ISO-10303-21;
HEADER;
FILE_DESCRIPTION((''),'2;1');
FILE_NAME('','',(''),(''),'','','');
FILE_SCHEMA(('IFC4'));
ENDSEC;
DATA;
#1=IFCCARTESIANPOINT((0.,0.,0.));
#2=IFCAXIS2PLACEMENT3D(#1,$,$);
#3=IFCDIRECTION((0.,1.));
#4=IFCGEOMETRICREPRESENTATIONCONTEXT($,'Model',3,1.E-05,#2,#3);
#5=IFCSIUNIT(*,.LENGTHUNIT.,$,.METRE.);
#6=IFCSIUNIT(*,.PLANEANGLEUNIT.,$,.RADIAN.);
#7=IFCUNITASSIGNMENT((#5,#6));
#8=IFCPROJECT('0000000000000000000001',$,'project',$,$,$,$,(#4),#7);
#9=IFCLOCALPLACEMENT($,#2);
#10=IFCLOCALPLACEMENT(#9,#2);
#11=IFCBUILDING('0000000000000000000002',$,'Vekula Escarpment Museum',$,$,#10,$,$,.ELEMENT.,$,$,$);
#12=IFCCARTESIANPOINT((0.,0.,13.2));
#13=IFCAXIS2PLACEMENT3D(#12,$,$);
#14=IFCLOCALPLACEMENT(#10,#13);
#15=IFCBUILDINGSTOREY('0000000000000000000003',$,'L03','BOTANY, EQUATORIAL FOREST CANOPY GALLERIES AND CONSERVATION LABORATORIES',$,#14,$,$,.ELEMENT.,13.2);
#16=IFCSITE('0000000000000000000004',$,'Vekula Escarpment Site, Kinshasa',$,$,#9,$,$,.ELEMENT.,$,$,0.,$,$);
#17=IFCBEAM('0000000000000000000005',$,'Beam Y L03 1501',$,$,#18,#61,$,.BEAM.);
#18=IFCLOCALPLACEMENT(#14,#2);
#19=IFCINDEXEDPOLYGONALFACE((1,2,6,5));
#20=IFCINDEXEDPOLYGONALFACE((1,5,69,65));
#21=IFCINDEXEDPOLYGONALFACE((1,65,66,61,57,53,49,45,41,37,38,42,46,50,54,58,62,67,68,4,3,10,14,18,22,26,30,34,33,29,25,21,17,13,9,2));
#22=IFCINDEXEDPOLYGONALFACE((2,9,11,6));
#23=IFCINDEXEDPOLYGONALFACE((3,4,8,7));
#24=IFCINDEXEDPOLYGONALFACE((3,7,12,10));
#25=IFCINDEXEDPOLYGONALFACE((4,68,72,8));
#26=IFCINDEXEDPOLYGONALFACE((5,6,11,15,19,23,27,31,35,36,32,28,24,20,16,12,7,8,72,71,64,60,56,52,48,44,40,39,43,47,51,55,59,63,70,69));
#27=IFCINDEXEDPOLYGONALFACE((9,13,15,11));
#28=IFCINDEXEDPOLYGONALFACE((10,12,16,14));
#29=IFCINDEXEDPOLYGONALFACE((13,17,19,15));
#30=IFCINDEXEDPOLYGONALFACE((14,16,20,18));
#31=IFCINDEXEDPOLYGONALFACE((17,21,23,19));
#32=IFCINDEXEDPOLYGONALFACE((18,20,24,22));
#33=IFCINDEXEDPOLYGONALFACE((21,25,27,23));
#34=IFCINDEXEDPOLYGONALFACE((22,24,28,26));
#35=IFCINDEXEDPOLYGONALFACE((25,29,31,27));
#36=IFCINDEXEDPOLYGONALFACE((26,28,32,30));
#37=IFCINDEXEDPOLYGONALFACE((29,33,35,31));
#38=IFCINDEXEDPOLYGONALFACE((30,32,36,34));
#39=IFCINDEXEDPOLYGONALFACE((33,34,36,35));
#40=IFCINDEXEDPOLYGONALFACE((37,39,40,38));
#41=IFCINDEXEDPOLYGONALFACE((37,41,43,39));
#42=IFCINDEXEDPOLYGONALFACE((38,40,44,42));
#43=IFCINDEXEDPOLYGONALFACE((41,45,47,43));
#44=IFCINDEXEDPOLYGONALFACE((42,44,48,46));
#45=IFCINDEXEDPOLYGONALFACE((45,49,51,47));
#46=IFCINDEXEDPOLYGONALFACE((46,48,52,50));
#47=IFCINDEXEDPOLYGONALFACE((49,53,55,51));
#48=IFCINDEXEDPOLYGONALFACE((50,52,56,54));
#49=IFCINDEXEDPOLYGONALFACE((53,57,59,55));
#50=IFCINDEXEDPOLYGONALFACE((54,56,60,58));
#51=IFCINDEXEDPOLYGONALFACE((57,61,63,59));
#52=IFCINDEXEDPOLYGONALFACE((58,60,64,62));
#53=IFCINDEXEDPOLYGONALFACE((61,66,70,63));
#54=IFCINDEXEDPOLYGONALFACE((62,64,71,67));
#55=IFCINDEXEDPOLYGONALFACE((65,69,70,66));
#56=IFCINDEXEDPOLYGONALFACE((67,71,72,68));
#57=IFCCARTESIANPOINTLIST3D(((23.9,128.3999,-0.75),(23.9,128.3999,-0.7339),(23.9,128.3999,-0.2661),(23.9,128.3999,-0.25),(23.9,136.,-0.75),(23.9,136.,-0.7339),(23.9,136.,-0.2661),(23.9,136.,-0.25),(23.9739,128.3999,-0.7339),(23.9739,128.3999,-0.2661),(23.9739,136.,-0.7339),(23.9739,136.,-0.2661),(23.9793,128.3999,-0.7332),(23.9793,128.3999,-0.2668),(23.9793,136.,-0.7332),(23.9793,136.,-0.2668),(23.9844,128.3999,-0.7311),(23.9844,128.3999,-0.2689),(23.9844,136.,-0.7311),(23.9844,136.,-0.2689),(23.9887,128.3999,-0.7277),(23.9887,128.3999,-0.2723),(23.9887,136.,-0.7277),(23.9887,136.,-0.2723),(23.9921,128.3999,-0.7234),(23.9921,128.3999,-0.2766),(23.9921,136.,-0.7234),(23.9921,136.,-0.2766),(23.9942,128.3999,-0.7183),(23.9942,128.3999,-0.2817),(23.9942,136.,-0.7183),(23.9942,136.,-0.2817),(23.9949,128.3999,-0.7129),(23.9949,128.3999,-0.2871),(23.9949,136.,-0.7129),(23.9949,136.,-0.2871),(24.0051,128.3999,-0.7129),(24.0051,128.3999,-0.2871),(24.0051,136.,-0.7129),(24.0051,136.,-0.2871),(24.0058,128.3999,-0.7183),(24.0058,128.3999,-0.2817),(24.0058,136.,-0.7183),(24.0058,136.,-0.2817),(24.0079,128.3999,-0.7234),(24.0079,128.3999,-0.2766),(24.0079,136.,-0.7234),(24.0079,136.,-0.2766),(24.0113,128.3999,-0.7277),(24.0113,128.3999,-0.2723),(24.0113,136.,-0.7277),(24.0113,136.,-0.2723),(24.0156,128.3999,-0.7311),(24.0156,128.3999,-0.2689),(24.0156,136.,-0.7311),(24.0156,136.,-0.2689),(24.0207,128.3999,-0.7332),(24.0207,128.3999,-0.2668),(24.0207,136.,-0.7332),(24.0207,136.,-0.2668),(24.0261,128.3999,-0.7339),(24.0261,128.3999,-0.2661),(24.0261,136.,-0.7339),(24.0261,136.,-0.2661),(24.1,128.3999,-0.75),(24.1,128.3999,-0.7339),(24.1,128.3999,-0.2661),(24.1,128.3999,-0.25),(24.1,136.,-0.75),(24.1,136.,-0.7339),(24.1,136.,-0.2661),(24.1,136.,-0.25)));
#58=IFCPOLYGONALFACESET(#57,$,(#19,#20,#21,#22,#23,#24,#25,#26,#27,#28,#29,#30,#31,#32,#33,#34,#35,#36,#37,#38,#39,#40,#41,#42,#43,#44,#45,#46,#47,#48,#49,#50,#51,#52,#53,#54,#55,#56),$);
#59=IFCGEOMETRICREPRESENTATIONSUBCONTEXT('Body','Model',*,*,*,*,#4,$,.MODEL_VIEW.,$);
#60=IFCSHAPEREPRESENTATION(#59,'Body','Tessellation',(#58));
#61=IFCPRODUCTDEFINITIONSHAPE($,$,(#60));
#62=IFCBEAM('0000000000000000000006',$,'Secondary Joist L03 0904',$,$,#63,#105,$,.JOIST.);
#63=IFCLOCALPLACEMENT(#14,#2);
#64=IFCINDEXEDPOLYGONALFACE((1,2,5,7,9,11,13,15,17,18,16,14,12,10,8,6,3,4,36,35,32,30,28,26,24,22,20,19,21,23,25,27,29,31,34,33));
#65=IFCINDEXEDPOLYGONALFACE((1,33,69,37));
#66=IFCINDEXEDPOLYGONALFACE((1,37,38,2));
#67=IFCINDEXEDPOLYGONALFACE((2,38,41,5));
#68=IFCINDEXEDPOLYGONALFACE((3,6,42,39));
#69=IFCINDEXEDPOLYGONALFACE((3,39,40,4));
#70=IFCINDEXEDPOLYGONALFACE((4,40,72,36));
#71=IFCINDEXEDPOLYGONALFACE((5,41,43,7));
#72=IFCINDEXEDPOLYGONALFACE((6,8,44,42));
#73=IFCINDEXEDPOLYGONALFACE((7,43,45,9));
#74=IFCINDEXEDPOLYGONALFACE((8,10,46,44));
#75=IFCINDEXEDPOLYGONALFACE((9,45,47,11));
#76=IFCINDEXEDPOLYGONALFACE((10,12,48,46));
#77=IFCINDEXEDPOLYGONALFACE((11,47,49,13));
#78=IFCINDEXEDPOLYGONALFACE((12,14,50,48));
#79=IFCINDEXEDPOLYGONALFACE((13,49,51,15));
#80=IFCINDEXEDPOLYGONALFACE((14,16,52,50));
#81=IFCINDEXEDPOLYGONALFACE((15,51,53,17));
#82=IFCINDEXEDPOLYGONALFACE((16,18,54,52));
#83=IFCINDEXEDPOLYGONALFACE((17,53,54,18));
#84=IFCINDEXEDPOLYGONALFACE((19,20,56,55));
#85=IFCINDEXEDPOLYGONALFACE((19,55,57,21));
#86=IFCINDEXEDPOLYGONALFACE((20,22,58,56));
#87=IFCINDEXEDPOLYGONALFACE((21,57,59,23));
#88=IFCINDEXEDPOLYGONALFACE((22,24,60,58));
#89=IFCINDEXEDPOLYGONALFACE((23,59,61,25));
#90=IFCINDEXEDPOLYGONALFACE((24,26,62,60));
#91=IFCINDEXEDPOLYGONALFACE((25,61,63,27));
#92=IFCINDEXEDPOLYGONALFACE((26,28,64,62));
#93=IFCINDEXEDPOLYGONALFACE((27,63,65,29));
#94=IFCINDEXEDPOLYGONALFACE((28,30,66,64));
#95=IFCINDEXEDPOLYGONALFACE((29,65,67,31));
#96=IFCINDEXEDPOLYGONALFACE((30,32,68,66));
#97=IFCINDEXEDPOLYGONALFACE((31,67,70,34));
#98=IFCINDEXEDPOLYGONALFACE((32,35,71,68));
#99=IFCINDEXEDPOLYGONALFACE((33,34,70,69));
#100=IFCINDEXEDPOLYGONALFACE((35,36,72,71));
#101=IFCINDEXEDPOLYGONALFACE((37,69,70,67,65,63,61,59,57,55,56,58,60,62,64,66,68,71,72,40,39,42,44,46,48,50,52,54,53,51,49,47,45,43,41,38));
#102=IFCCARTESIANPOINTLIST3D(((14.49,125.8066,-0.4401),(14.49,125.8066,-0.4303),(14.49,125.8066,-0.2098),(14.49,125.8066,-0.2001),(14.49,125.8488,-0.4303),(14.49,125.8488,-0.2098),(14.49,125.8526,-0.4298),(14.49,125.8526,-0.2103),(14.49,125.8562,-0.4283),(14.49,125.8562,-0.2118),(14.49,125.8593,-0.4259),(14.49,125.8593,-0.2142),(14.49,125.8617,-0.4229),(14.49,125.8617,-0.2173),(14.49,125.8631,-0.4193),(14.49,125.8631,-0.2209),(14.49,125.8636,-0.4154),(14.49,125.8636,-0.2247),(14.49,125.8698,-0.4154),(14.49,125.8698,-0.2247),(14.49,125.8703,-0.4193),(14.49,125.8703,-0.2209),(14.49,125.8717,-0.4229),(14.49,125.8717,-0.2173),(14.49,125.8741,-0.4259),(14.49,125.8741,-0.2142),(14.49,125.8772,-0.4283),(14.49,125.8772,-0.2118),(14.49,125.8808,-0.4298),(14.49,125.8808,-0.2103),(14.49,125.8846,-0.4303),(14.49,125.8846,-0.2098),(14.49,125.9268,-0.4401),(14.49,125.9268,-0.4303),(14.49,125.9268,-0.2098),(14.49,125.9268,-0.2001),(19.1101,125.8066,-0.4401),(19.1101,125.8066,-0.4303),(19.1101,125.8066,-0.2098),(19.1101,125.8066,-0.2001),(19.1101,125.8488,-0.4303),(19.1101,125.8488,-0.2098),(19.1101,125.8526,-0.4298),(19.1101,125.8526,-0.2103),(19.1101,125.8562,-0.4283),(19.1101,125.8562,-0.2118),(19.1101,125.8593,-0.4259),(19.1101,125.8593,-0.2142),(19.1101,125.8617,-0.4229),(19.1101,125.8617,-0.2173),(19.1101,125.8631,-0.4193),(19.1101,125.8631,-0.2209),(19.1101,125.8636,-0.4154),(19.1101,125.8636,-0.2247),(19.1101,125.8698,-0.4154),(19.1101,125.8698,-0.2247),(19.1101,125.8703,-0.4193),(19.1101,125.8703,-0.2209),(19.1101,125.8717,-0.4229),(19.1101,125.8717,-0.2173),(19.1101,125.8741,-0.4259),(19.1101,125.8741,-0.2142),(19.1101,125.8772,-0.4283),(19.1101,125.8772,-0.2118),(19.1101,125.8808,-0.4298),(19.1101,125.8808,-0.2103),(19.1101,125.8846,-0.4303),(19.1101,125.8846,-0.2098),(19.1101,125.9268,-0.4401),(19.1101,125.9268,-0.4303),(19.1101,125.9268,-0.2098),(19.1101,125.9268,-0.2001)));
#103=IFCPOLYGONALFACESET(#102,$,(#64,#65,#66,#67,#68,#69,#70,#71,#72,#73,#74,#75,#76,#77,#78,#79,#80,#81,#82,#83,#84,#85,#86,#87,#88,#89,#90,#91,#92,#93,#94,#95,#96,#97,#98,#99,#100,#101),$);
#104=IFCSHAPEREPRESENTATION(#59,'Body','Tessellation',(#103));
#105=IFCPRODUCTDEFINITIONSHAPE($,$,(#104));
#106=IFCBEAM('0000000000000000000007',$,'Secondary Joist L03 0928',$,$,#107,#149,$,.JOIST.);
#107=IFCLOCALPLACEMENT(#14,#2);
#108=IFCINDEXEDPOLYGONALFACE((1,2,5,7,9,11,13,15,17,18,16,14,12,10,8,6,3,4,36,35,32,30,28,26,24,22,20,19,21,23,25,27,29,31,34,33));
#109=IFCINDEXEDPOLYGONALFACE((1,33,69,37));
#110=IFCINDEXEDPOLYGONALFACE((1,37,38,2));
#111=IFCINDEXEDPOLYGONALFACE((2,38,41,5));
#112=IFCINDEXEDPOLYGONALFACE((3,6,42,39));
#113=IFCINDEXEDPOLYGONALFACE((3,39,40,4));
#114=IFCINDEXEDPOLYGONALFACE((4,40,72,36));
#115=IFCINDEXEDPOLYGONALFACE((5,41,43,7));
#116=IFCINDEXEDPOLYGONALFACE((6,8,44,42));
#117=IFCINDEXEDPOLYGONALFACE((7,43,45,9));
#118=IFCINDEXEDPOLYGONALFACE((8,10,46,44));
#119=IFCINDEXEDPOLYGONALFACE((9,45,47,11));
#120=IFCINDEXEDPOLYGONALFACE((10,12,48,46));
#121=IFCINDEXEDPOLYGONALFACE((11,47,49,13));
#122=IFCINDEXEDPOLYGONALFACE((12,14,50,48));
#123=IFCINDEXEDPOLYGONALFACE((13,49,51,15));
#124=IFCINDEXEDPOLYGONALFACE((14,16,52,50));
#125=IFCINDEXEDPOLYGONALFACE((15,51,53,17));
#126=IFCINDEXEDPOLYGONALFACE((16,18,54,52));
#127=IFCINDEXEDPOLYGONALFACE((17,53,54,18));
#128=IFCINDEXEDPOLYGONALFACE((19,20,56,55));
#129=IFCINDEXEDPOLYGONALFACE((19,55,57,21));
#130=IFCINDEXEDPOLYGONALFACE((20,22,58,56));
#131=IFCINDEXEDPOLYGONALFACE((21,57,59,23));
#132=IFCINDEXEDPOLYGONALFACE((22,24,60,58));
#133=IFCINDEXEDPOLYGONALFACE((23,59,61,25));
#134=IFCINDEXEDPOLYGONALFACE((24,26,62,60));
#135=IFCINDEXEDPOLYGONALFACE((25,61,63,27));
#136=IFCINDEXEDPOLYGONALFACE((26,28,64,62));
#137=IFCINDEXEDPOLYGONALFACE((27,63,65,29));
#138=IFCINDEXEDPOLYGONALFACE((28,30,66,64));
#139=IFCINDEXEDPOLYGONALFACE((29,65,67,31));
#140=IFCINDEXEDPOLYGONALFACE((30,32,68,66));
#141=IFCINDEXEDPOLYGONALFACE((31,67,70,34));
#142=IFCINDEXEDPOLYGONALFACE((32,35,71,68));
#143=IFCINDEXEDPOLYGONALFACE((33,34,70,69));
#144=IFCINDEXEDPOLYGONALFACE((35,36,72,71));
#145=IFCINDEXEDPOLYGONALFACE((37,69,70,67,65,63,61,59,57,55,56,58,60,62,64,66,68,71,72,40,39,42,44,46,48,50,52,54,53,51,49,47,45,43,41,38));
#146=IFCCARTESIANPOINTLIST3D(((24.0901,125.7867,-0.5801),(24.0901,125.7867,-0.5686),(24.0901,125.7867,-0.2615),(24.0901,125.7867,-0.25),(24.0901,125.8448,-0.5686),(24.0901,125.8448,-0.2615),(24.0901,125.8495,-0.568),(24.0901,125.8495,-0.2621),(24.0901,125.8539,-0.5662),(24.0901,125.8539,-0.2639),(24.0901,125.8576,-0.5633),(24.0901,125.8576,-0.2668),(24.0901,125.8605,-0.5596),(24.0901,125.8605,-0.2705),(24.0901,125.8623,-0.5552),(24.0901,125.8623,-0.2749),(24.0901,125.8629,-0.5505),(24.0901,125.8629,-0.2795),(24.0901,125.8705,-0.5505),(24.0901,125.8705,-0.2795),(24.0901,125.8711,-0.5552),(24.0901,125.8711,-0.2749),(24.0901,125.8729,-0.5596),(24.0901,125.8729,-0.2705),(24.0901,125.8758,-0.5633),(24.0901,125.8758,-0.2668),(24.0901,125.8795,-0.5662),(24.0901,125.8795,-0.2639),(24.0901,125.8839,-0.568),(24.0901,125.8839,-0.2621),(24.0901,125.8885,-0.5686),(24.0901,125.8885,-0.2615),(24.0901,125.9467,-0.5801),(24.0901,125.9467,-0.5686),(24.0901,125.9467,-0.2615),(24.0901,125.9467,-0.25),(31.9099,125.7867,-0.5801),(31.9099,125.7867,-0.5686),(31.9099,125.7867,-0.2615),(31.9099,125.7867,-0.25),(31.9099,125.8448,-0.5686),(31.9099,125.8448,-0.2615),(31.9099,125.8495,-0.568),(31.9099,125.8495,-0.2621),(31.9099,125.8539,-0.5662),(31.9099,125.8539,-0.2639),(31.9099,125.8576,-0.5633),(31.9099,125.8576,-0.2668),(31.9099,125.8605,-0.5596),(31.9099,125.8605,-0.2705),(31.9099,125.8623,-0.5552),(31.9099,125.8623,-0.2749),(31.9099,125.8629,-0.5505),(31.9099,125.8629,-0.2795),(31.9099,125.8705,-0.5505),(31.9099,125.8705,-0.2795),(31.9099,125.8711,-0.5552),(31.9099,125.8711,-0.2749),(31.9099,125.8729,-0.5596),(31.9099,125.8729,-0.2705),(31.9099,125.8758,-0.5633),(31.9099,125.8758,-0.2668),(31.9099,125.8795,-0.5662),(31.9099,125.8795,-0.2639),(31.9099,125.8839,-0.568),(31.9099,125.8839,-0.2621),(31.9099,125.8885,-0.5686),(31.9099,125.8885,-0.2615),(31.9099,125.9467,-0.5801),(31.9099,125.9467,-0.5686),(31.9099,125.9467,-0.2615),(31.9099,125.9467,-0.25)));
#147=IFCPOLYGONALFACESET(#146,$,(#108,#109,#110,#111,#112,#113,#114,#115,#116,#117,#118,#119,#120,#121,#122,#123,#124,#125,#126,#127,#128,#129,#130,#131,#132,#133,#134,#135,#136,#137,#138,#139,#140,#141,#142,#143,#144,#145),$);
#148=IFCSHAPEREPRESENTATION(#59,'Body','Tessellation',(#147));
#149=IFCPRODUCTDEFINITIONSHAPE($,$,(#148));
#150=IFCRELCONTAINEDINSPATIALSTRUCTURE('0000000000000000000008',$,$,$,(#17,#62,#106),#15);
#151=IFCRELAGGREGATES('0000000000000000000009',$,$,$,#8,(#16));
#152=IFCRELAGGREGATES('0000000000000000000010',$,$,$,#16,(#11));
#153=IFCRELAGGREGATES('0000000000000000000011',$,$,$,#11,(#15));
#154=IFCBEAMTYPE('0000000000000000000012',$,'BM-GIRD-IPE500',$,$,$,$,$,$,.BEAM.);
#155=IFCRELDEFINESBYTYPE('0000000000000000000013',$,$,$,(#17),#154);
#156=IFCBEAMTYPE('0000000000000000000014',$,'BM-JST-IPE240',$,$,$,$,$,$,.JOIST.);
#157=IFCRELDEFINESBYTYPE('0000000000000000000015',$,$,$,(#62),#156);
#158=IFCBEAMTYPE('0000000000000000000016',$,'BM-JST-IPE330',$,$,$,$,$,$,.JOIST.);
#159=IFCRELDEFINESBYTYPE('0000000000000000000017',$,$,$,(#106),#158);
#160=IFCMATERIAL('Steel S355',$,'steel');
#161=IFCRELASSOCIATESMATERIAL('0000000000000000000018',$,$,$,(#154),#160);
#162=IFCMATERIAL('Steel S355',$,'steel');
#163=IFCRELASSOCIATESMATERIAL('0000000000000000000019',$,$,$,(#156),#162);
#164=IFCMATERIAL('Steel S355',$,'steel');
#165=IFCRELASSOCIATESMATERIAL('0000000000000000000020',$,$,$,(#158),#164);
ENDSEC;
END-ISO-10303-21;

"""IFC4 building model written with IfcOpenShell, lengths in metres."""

from ifc_helpers import new_model, si_unit, direction, frame, origin, origin_2d, place, context, subcontext, project, spatial, i_section, extrude, material, material_profile, profile_set, type_object, element, save


model = new_model("IFC4")

# Units and contexts
model_context = context("Model", 3, precision=1e-05, world=origin(), true_north=direction((0.0, 1.0)))
body_context = subcontext(model_context, "Body", "Model", "MODEL_VIEW")
ifc_project = project(units=[si_unit("LENGTHUNIT", "METRE"), si_unit("PLANEANGLEUNIT", "RADIAN")], contexts=[model_context])

# Site, building, storey
site_placement = place(None, origin())
site = spatial("IfcSite", under=ifc_project, at=site_placement, Name="Vekula Escarpment Site, Kinshasa", CompositionType="ELEMENT", RefElevation=0.0)
building_placement = place(site_placement, origin())
building = spatial("IfcBuilding", under=site, at=building_placement, Name="Vekula Escarpment Museum", CompositionType="ELEMENT")
storey_placement = place(building_placement, frame((0.0, 0.0, 13.2)))
storey = spatial("IfcBuildingStorey", under=building, at=storey_placement, Name="L03", Description="BOTANY, EQUATORIAL FOREST CANOPY GALLERIES AND CONSERVATION LABORATORIES", CompositionType="ELEMENT", Elevation=13.2)

# Beams
ifc_material_1 = material(Name="Steel S355", Category="steel")
ifc_material_profile_1 = material_profile(ifc_material_1, i_section(OverallWidth=0.2, OverallDepth=0.5, WebThickness=0.0103, FlangeThickness=0.0161, FilletRadius=0.021, at=origin_2d()), Name="IPE 500")
ifc_profile_set_1 = profile_set([ifc_material_profile_1], Name="Steel S355")
beam_type_1 = type_object("IfcBeamType", Name="BM-GIRD-IPE500", PredefinedType="BEAM", material=ifc_profile_set_1)
beam_1_placement = place(storey_placement, frame((24.0, 128.3999, -0.5), z_axis=(0.0, 1.0, 0.0), x_axis=(-1.0, 0.0, 0.0)))
element("IfcBeam", 1, at=beam_1_placement, inside=storey, type_object=beam_type_1, Name="Beam Y L03 1501", PredefinedType="BEAM", context=body_context, shape_type="SweptSolid", body=[
    extrude(i_section(OverallWidth=0.2, OverallDepth=0.5, WebThickness=0.0103, FlangeThickness=0.0161, FilletRadius=0.021, at=origin_2d()), origin(), (0.0, 0.0, 1.0), 7.6001),
])
ifc_material_2 = material(Name="Steel S355", Category="steel")
ifc_material_profile_2 = material_profile(ifc_material_2, i_section(OverallWidth=0.1201, OverallDepth=0.24, WebThickness=0.0061, FlangeThickness=0.0098, FilletRadius=0.0149, at=origin_2d()), Name="IPE 240")
ifc_profile_set_2 = profile_set([ifc_material_profile_2], Name="Steel S355")
beam_type_2 = type_object("IfcBeamType", Name="BM-JST-IPE240", PredefinedType="JOIST", material=ifc_profile_set_2)
beam_2_placement = place(storey_placement, frame((14.49, 125.8667, -0.3201), z_axis=(1.0, 0.0, 0.0), x_axis=(0.0, 1.0, 0.0)))
element("IfcBeam", 2, at=beam_2_placement, inside=storey, type_object=beam_type_2, Name="Secondary Joist L03 0904", PredefinedType="JOIST", context=body_context, shape_type="SweptSolid", body=[
    extrude(i_section(OverallWidth=0.1201, OverallDepth=0.24, WebThickness=0.0061, FlangeThickness=0.0098, FilletRadius=0.0149, at=origin_2d()), origin(), (0.0, 0.0, 1.0), 4.6201),
])
ifc_material_3 = material(Name="Steel S355", Category="steel")
ifc_material_profile_3 = material_profile(ifc_material_3, i_section(OverallWidth=0.1599, OverallDepth=0.3301, WebThickness=0.0076, FlangeThickness=0.0115, FilletRadius=0.0181, at=origin_2d()), Name="IPE 330")
ifc_profile_set_3 = profile_set([ifc_material_profile_3], Name="Steel S355")
beam_type_3 = type_object("IfcBeamType", Name="BM-JST-IPE330", PredefinedType="JOIST", material=ifc_profile_set_3)
beam_3_placement = place(storey_placement, frame((24.0901, 125.8667, -0.415), z_axis=(1.0, 0.0, 0.0), x_axis=(0.0, 1.0, 0.0)))
element("IfcBeam", 3, at=beam_3_placement, inside=storey, type_object=beam_type_3, Name="Secondary Joist L03 0928", PredefinedType="JOIST", context=body_context, shape_type="SweptSolid", body=[
    extrude(i_section(OverallWidth=0.1599, OverallDepth=0.3301, WebThickness=0.0076, FlangeThickness=0.0115, FilletRadius=0.0181, at=origin_2d()), origin(), (0.0, 0.0, 1.0), 7.8198),
])

save(model, "model.ifc")
